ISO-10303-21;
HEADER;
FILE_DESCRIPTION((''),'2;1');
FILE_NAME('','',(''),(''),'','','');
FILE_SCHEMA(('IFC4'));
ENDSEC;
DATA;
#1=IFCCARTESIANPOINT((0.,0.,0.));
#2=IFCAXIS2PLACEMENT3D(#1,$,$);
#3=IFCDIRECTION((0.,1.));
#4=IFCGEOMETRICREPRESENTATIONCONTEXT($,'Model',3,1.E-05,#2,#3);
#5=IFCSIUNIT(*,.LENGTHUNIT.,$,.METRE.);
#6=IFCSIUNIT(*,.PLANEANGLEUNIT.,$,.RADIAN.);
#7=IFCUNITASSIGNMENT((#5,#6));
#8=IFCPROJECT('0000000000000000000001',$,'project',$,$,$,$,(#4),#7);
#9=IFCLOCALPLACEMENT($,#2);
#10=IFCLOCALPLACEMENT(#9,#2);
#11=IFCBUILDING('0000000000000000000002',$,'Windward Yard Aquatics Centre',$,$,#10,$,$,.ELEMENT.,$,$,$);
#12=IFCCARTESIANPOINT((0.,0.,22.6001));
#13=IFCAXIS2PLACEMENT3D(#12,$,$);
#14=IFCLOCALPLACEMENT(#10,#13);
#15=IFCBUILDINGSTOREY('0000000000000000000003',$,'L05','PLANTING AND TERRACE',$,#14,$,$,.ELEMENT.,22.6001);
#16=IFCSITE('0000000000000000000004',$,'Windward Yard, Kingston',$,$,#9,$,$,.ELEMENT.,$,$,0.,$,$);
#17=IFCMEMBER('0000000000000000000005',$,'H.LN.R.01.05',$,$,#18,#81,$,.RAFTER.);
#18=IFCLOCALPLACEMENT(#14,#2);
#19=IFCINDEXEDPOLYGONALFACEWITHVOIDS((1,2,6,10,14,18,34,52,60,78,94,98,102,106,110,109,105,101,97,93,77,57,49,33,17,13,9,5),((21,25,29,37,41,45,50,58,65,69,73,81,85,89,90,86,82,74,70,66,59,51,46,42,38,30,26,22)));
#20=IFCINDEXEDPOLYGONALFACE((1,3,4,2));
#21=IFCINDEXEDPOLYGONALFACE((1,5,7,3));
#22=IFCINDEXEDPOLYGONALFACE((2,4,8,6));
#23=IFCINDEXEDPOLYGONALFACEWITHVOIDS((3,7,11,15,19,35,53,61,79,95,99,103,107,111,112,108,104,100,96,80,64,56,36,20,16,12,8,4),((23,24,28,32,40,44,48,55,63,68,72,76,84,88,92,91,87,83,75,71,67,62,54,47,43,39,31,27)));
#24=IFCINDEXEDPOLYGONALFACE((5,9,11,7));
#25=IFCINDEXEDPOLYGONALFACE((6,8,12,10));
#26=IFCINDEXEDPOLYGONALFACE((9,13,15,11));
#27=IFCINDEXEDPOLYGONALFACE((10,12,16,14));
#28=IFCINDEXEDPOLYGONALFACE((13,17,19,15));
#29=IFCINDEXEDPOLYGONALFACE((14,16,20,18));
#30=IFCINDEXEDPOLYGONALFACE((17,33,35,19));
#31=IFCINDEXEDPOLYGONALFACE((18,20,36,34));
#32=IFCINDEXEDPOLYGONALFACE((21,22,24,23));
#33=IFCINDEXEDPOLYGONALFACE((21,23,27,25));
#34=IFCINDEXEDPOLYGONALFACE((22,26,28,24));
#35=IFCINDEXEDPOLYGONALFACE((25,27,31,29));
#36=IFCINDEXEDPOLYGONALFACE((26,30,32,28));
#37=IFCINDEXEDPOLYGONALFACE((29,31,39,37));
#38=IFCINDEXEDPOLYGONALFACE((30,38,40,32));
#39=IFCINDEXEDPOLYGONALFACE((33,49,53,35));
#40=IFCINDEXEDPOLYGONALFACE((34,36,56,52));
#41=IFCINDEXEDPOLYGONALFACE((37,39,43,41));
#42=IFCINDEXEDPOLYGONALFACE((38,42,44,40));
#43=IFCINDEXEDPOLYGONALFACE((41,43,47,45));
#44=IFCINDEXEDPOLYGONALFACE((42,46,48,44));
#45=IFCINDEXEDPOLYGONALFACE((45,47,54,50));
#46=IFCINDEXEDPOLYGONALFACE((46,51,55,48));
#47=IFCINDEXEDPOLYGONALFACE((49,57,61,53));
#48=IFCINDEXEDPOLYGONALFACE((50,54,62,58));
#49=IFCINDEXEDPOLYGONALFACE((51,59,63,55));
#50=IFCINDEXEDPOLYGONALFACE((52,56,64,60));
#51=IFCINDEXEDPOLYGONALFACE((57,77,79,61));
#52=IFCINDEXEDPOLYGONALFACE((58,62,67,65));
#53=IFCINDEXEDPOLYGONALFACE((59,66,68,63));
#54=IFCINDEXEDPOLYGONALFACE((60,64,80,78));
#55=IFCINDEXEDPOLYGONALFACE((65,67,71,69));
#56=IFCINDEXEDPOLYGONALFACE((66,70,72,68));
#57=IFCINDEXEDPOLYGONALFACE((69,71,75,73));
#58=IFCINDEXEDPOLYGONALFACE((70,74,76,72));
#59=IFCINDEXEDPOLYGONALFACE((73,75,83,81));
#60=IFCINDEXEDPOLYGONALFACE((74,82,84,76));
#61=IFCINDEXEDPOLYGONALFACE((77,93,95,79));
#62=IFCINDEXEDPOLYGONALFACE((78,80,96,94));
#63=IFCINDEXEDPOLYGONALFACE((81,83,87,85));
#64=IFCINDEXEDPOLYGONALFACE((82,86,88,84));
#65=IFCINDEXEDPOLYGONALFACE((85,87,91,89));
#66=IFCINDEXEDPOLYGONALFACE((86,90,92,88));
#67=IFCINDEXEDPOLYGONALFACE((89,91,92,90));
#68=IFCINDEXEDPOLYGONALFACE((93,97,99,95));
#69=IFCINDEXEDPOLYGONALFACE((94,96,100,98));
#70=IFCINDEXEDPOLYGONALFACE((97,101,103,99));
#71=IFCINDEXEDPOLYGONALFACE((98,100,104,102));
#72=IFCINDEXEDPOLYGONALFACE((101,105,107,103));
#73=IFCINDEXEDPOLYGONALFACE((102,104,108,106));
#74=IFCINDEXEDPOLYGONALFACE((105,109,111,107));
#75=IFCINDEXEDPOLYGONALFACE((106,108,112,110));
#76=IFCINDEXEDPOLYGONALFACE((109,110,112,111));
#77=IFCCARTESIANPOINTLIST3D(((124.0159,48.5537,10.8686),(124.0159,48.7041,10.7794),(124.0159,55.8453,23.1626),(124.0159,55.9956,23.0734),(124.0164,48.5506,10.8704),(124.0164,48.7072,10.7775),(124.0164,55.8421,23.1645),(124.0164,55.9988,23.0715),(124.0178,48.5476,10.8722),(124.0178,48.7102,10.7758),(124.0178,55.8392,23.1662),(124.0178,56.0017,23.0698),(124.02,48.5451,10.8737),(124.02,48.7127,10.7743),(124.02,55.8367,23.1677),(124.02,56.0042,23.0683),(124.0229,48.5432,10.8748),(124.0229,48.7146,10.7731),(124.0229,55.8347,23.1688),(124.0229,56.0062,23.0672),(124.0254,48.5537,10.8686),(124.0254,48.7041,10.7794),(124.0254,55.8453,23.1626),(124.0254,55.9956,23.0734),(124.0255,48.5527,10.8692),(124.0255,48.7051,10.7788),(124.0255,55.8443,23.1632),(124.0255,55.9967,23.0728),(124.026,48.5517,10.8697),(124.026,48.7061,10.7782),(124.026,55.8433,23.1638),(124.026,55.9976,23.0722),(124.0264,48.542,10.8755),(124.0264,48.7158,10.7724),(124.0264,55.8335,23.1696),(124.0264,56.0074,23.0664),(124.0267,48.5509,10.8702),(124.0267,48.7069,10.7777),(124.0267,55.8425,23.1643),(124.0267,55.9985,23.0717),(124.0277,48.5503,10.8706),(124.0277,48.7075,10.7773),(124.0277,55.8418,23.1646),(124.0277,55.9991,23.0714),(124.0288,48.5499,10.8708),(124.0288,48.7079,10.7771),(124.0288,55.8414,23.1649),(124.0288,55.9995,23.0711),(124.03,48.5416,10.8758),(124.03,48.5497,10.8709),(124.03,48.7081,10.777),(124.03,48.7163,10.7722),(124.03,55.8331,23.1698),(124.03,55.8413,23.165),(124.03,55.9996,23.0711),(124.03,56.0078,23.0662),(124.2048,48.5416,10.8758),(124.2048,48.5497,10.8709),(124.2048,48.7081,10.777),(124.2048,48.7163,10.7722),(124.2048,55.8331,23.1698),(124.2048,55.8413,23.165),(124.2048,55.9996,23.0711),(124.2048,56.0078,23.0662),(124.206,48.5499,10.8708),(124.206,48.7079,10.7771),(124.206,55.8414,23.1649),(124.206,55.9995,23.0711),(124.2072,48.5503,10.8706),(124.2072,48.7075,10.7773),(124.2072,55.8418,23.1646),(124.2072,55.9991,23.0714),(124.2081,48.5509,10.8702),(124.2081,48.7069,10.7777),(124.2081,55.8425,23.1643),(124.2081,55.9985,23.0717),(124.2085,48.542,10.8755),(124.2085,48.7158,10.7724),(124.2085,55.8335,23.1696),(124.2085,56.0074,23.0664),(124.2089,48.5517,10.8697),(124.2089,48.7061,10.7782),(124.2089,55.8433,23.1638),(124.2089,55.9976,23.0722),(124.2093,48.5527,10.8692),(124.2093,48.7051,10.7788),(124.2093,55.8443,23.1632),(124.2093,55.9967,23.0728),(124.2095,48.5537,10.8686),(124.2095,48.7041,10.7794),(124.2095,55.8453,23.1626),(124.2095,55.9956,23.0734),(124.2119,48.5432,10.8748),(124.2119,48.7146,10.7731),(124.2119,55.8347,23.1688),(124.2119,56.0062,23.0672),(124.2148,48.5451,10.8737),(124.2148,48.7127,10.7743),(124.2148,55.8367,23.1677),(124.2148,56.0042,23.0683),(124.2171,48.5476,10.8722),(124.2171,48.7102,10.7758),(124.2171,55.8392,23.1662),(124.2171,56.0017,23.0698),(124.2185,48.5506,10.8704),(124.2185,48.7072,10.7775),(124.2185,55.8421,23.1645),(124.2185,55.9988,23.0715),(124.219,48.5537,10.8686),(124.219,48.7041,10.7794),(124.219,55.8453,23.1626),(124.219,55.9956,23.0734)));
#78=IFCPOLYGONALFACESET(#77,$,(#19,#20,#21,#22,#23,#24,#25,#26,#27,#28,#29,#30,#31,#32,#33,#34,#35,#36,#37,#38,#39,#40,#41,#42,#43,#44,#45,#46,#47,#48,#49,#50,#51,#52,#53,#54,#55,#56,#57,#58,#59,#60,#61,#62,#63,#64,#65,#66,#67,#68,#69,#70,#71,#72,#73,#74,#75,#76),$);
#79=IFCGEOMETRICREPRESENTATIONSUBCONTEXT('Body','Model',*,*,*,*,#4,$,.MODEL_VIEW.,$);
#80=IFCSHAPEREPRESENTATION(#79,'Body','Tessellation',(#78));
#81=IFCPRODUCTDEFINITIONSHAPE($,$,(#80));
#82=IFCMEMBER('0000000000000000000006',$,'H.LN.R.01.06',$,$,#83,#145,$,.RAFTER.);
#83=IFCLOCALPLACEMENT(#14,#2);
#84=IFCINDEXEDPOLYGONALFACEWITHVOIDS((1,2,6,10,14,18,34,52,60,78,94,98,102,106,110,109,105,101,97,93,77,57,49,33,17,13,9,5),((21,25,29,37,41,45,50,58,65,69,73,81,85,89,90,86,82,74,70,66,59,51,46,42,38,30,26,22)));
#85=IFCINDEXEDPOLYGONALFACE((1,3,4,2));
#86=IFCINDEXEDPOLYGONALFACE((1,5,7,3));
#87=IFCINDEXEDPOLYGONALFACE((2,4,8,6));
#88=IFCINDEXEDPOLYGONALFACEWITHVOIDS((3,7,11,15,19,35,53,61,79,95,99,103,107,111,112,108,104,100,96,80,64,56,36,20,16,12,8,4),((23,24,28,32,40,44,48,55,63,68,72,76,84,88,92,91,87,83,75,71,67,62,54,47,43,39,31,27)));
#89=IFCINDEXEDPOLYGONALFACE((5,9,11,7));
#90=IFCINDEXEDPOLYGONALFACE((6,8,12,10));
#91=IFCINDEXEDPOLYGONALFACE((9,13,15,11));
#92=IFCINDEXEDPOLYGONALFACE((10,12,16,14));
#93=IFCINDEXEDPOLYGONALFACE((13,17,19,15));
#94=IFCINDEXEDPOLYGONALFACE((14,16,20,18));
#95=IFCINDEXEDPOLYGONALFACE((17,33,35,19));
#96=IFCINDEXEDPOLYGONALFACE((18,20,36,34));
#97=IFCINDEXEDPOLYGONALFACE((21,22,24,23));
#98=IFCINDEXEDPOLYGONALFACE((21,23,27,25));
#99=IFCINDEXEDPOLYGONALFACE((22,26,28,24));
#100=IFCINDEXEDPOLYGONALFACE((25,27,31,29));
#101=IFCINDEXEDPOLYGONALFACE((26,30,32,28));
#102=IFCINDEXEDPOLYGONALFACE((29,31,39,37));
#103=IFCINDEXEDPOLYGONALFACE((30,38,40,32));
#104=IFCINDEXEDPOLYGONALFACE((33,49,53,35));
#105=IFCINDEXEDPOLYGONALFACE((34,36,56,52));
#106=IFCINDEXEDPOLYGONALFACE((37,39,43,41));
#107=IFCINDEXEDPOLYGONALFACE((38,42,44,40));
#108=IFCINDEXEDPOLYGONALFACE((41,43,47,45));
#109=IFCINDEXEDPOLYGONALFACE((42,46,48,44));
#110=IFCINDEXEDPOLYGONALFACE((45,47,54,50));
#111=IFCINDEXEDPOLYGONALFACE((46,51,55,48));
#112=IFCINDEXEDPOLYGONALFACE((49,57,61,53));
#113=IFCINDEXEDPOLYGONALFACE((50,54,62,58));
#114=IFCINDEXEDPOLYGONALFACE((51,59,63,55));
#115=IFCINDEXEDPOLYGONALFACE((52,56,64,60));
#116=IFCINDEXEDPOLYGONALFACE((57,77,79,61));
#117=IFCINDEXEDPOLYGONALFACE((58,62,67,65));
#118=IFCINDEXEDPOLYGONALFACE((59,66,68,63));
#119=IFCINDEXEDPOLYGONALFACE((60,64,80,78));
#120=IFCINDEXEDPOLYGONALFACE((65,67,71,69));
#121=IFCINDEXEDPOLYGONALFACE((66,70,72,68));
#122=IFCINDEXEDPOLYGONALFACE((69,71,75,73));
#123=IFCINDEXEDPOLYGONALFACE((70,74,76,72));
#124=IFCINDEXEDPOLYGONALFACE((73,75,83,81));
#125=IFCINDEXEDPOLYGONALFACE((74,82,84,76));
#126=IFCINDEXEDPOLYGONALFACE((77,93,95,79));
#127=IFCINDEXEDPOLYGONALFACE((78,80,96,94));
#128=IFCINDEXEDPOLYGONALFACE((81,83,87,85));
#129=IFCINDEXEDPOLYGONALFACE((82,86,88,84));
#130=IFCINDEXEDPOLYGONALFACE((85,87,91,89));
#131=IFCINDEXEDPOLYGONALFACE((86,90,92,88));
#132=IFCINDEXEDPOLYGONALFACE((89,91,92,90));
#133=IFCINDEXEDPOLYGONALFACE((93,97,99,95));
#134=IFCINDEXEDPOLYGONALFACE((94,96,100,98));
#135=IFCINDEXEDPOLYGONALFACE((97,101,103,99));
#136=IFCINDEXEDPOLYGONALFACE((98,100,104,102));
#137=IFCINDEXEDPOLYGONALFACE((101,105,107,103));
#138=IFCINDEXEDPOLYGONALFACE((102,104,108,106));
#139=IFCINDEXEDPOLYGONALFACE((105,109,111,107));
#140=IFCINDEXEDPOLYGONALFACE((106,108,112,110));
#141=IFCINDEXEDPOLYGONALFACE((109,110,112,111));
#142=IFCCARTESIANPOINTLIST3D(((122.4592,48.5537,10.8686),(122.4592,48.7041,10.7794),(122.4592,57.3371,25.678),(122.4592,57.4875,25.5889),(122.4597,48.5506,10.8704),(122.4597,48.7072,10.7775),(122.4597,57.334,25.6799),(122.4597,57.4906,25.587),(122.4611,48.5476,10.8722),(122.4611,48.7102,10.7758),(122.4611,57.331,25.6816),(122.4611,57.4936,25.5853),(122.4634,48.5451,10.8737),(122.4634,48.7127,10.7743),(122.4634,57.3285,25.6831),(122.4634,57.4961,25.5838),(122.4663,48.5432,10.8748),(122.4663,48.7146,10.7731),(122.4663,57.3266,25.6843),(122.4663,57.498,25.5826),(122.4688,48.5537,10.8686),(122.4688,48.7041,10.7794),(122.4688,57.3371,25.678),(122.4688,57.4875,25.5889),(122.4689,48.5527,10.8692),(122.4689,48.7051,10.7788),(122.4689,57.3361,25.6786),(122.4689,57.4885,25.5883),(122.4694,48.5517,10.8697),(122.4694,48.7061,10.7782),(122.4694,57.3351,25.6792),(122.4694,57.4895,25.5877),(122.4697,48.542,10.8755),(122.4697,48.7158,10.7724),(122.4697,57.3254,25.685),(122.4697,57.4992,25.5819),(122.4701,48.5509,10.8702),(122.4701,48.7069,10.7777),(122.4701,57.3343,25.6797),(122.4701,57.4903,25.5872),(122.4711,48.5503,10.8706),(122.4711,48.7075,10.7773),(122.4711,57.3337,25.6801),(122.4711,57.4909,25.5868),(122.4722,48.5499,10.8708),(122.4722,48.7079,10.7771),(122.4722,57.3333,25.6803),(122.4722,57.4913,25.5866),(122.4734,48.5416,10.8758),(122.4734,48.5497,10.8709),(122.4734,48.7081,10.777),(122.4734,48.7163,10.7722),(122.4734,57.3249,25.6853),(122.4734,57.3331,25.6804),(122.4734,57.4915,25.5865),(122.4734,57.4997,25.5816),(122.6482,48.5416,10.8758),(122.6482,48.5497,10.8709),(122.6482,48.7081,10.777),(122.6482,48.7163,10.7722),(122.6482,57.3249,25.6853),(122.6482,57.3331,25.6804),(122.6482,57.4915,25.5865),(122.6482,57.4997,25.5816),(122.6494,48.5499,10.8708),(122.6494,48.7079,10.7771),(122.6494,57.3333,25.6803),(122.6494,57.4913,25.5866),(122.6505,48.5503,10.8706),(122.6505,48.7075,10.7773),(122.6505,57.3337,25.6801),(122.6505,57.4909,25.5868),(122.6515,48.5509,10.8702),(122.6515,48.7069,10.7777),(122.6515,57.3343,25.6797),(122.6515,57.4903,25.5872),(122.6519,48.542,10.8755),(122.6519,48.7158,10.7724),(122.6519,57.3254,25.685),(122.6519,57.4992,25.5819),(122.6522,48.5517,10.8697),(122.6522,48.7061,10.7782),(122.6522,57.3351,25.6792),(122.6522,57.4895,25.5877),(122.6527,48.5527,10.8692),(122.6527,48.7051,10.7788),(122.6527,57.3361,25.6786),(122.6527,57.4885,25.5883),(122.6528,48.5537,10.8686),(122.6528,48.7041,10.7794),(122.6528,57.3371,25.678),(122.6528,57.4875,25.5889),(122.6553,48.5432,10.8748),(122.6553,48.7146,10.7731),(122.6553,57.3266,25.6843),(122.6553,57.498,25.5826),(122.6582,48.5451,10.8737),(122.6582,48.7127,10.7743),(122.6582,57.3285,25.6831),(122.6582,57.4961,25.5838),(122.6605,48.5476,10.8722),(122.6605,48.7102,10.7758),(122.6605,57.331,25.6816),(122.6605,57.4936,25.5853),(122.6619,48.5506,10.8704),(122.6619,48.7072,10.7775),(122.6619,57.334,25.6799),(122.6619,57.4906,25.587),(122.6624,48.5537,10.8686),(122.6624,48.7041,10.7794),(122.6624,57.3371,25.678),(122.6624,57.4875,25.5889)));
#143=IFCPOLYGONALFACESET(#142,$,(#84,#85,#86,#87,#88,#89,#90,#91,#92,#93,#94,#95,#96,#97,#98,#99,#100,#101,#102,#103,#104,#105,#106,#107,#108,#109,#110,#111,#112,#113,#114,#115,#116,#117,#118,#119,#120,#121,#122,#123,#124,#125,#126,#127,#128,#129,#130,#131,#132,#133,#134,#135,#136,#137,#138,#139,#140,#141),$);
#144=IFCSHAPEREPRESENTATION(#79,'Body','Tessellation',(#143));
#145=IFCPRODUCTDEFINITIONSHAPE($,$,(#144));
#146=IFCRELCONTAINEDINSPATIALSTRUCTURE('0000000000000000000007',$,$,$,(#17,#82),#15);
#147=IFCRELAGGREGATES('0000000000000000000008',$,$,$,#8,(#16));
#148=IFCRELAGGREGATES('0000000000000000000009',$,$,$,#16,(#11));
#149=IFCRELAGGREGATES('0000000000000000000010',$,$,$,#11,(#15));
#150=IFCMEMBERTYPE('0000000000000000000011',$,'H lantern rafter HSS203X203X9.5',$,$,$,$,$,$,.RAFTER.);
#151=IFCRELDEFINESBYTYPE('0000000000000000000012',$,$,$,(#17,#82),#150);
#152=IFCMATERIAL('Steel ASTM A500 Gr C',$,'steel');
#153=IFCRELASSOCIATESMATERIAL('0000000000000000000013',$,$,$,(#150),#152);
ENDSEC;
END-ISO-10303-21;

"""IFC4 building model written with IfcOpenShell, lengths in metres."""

from ifc_helpers import new_model, si_unit, direction, frame, origin, origin_2d, place, context, subcontext, project, spatial, hollow_rectangle, extrude, material, material_profile, profile_set, type_object, element, save


model = new_model("IFC4")

# Units and contexts
model_context = context("Model", 3, precision=1e-05, world=origin(), true_north=direction((0.0, 1.0)))
body_context = subcontext(model_context, "Body", "Model", "MODEL_VIEW")
ifc_project = project(units=[si_unit("LENGTHUNIT", "METRE"), si_unit("PLANEANGLEUNIT", "RADIAN")], contexts=[model_context])

# Site, building, storey
site_placement = place(None, origin())
site = spatial("IfcSite", under=ifc_project, at=site_placement, Name="Windward Yard, Kingston", CompositionType="ELEMENT", RefElevation=0.0)
building_placement = place(site_placement, origin())
building = spatial("IfcBuilding", under=site, at=building_placement, Name="Windward Yard Aquatics Centre", CompositionType="ELEMENT")
storey_placement = place(building_placement, frame((0.0, 0.0, 22.6001)))
storey = spatial("IfcBuildingStorey", under=building, at=storey_placement, Name="L05", Description="PLANTING AND TERRACE", CompositionType="ELEMENT", Elevation=22.6001)

# Members
ifc_material_1 = material(Name="Steel ASTM A500 Gr C", Category="steel")
ifc_material_profile_1 = material_profile(ifc_material_1, hollow_rectangle(XDim=0.2031, YDim=0.2031, WallThickness=0.0095, InnerFilletRadius=0.0046, OuterFilletRadius=0.0142, at=origin_2d()), Name="HSS203X203X9.5")
ifc_profile_set_1 = profile_set([ifc_material_profile_1], Name="Steel ASTM A500 Gr C")
member_type_1 = type_object("IfcMemberType", Name="H lantern rafter HSS203X203X9.5", PredefinedType="RAFTER", material=ifc_profile_set_1)
member_1_placement = place(storey_placement, frame((124.1174, 48.6289, 10.824), z_axis=(0.0, 0.510124, 0.860101), x_axis=(-1.0, 0.0, 0.0)))
element("IfcMember", 1, at=member_1_placement, inside=storey, type_object=member_type_1, Name="H.LN.R.01.05", PredefinedType="RAFTER", context=body_context, shape_type="SweptSolid", body=[
    extrude(hollow_rectangle(XDim=0.2031, YDim=0.2031, WallThickness=0.0095, InnerFilletRadius=0.0046, OuterFilletRadius=0.0142, at=origin_2d()), origin(), (0.0, 0.0, 1.0), 14.2937),
])
member_2_placement = place(storey_placement, frame((122.5608, 48.6289, 10.824), z_axis=(0.0, 0.510121, 0.860103), x_axis=(-1.0, 0.0, 0.0)))
element("IfcMember", 2, at=member_2_placement, inside=storey, type_object=member_type_1, Name="H.LN.R.01.06", PredefinedType="RAFTER", context=body_context, shape_type="SweptSolid", body=[
    extrude(hollow_rectangle(XDim=0.2031, YDim=0.2031, WallThickness=0.0095, InnerFilletRadius=0.0046, OuterFilletRadius=0.0142, at=origin_2d()), origin(), (0.0, 0.0, 1.0), 17.2183),
])

save(model, "model.ifc")
